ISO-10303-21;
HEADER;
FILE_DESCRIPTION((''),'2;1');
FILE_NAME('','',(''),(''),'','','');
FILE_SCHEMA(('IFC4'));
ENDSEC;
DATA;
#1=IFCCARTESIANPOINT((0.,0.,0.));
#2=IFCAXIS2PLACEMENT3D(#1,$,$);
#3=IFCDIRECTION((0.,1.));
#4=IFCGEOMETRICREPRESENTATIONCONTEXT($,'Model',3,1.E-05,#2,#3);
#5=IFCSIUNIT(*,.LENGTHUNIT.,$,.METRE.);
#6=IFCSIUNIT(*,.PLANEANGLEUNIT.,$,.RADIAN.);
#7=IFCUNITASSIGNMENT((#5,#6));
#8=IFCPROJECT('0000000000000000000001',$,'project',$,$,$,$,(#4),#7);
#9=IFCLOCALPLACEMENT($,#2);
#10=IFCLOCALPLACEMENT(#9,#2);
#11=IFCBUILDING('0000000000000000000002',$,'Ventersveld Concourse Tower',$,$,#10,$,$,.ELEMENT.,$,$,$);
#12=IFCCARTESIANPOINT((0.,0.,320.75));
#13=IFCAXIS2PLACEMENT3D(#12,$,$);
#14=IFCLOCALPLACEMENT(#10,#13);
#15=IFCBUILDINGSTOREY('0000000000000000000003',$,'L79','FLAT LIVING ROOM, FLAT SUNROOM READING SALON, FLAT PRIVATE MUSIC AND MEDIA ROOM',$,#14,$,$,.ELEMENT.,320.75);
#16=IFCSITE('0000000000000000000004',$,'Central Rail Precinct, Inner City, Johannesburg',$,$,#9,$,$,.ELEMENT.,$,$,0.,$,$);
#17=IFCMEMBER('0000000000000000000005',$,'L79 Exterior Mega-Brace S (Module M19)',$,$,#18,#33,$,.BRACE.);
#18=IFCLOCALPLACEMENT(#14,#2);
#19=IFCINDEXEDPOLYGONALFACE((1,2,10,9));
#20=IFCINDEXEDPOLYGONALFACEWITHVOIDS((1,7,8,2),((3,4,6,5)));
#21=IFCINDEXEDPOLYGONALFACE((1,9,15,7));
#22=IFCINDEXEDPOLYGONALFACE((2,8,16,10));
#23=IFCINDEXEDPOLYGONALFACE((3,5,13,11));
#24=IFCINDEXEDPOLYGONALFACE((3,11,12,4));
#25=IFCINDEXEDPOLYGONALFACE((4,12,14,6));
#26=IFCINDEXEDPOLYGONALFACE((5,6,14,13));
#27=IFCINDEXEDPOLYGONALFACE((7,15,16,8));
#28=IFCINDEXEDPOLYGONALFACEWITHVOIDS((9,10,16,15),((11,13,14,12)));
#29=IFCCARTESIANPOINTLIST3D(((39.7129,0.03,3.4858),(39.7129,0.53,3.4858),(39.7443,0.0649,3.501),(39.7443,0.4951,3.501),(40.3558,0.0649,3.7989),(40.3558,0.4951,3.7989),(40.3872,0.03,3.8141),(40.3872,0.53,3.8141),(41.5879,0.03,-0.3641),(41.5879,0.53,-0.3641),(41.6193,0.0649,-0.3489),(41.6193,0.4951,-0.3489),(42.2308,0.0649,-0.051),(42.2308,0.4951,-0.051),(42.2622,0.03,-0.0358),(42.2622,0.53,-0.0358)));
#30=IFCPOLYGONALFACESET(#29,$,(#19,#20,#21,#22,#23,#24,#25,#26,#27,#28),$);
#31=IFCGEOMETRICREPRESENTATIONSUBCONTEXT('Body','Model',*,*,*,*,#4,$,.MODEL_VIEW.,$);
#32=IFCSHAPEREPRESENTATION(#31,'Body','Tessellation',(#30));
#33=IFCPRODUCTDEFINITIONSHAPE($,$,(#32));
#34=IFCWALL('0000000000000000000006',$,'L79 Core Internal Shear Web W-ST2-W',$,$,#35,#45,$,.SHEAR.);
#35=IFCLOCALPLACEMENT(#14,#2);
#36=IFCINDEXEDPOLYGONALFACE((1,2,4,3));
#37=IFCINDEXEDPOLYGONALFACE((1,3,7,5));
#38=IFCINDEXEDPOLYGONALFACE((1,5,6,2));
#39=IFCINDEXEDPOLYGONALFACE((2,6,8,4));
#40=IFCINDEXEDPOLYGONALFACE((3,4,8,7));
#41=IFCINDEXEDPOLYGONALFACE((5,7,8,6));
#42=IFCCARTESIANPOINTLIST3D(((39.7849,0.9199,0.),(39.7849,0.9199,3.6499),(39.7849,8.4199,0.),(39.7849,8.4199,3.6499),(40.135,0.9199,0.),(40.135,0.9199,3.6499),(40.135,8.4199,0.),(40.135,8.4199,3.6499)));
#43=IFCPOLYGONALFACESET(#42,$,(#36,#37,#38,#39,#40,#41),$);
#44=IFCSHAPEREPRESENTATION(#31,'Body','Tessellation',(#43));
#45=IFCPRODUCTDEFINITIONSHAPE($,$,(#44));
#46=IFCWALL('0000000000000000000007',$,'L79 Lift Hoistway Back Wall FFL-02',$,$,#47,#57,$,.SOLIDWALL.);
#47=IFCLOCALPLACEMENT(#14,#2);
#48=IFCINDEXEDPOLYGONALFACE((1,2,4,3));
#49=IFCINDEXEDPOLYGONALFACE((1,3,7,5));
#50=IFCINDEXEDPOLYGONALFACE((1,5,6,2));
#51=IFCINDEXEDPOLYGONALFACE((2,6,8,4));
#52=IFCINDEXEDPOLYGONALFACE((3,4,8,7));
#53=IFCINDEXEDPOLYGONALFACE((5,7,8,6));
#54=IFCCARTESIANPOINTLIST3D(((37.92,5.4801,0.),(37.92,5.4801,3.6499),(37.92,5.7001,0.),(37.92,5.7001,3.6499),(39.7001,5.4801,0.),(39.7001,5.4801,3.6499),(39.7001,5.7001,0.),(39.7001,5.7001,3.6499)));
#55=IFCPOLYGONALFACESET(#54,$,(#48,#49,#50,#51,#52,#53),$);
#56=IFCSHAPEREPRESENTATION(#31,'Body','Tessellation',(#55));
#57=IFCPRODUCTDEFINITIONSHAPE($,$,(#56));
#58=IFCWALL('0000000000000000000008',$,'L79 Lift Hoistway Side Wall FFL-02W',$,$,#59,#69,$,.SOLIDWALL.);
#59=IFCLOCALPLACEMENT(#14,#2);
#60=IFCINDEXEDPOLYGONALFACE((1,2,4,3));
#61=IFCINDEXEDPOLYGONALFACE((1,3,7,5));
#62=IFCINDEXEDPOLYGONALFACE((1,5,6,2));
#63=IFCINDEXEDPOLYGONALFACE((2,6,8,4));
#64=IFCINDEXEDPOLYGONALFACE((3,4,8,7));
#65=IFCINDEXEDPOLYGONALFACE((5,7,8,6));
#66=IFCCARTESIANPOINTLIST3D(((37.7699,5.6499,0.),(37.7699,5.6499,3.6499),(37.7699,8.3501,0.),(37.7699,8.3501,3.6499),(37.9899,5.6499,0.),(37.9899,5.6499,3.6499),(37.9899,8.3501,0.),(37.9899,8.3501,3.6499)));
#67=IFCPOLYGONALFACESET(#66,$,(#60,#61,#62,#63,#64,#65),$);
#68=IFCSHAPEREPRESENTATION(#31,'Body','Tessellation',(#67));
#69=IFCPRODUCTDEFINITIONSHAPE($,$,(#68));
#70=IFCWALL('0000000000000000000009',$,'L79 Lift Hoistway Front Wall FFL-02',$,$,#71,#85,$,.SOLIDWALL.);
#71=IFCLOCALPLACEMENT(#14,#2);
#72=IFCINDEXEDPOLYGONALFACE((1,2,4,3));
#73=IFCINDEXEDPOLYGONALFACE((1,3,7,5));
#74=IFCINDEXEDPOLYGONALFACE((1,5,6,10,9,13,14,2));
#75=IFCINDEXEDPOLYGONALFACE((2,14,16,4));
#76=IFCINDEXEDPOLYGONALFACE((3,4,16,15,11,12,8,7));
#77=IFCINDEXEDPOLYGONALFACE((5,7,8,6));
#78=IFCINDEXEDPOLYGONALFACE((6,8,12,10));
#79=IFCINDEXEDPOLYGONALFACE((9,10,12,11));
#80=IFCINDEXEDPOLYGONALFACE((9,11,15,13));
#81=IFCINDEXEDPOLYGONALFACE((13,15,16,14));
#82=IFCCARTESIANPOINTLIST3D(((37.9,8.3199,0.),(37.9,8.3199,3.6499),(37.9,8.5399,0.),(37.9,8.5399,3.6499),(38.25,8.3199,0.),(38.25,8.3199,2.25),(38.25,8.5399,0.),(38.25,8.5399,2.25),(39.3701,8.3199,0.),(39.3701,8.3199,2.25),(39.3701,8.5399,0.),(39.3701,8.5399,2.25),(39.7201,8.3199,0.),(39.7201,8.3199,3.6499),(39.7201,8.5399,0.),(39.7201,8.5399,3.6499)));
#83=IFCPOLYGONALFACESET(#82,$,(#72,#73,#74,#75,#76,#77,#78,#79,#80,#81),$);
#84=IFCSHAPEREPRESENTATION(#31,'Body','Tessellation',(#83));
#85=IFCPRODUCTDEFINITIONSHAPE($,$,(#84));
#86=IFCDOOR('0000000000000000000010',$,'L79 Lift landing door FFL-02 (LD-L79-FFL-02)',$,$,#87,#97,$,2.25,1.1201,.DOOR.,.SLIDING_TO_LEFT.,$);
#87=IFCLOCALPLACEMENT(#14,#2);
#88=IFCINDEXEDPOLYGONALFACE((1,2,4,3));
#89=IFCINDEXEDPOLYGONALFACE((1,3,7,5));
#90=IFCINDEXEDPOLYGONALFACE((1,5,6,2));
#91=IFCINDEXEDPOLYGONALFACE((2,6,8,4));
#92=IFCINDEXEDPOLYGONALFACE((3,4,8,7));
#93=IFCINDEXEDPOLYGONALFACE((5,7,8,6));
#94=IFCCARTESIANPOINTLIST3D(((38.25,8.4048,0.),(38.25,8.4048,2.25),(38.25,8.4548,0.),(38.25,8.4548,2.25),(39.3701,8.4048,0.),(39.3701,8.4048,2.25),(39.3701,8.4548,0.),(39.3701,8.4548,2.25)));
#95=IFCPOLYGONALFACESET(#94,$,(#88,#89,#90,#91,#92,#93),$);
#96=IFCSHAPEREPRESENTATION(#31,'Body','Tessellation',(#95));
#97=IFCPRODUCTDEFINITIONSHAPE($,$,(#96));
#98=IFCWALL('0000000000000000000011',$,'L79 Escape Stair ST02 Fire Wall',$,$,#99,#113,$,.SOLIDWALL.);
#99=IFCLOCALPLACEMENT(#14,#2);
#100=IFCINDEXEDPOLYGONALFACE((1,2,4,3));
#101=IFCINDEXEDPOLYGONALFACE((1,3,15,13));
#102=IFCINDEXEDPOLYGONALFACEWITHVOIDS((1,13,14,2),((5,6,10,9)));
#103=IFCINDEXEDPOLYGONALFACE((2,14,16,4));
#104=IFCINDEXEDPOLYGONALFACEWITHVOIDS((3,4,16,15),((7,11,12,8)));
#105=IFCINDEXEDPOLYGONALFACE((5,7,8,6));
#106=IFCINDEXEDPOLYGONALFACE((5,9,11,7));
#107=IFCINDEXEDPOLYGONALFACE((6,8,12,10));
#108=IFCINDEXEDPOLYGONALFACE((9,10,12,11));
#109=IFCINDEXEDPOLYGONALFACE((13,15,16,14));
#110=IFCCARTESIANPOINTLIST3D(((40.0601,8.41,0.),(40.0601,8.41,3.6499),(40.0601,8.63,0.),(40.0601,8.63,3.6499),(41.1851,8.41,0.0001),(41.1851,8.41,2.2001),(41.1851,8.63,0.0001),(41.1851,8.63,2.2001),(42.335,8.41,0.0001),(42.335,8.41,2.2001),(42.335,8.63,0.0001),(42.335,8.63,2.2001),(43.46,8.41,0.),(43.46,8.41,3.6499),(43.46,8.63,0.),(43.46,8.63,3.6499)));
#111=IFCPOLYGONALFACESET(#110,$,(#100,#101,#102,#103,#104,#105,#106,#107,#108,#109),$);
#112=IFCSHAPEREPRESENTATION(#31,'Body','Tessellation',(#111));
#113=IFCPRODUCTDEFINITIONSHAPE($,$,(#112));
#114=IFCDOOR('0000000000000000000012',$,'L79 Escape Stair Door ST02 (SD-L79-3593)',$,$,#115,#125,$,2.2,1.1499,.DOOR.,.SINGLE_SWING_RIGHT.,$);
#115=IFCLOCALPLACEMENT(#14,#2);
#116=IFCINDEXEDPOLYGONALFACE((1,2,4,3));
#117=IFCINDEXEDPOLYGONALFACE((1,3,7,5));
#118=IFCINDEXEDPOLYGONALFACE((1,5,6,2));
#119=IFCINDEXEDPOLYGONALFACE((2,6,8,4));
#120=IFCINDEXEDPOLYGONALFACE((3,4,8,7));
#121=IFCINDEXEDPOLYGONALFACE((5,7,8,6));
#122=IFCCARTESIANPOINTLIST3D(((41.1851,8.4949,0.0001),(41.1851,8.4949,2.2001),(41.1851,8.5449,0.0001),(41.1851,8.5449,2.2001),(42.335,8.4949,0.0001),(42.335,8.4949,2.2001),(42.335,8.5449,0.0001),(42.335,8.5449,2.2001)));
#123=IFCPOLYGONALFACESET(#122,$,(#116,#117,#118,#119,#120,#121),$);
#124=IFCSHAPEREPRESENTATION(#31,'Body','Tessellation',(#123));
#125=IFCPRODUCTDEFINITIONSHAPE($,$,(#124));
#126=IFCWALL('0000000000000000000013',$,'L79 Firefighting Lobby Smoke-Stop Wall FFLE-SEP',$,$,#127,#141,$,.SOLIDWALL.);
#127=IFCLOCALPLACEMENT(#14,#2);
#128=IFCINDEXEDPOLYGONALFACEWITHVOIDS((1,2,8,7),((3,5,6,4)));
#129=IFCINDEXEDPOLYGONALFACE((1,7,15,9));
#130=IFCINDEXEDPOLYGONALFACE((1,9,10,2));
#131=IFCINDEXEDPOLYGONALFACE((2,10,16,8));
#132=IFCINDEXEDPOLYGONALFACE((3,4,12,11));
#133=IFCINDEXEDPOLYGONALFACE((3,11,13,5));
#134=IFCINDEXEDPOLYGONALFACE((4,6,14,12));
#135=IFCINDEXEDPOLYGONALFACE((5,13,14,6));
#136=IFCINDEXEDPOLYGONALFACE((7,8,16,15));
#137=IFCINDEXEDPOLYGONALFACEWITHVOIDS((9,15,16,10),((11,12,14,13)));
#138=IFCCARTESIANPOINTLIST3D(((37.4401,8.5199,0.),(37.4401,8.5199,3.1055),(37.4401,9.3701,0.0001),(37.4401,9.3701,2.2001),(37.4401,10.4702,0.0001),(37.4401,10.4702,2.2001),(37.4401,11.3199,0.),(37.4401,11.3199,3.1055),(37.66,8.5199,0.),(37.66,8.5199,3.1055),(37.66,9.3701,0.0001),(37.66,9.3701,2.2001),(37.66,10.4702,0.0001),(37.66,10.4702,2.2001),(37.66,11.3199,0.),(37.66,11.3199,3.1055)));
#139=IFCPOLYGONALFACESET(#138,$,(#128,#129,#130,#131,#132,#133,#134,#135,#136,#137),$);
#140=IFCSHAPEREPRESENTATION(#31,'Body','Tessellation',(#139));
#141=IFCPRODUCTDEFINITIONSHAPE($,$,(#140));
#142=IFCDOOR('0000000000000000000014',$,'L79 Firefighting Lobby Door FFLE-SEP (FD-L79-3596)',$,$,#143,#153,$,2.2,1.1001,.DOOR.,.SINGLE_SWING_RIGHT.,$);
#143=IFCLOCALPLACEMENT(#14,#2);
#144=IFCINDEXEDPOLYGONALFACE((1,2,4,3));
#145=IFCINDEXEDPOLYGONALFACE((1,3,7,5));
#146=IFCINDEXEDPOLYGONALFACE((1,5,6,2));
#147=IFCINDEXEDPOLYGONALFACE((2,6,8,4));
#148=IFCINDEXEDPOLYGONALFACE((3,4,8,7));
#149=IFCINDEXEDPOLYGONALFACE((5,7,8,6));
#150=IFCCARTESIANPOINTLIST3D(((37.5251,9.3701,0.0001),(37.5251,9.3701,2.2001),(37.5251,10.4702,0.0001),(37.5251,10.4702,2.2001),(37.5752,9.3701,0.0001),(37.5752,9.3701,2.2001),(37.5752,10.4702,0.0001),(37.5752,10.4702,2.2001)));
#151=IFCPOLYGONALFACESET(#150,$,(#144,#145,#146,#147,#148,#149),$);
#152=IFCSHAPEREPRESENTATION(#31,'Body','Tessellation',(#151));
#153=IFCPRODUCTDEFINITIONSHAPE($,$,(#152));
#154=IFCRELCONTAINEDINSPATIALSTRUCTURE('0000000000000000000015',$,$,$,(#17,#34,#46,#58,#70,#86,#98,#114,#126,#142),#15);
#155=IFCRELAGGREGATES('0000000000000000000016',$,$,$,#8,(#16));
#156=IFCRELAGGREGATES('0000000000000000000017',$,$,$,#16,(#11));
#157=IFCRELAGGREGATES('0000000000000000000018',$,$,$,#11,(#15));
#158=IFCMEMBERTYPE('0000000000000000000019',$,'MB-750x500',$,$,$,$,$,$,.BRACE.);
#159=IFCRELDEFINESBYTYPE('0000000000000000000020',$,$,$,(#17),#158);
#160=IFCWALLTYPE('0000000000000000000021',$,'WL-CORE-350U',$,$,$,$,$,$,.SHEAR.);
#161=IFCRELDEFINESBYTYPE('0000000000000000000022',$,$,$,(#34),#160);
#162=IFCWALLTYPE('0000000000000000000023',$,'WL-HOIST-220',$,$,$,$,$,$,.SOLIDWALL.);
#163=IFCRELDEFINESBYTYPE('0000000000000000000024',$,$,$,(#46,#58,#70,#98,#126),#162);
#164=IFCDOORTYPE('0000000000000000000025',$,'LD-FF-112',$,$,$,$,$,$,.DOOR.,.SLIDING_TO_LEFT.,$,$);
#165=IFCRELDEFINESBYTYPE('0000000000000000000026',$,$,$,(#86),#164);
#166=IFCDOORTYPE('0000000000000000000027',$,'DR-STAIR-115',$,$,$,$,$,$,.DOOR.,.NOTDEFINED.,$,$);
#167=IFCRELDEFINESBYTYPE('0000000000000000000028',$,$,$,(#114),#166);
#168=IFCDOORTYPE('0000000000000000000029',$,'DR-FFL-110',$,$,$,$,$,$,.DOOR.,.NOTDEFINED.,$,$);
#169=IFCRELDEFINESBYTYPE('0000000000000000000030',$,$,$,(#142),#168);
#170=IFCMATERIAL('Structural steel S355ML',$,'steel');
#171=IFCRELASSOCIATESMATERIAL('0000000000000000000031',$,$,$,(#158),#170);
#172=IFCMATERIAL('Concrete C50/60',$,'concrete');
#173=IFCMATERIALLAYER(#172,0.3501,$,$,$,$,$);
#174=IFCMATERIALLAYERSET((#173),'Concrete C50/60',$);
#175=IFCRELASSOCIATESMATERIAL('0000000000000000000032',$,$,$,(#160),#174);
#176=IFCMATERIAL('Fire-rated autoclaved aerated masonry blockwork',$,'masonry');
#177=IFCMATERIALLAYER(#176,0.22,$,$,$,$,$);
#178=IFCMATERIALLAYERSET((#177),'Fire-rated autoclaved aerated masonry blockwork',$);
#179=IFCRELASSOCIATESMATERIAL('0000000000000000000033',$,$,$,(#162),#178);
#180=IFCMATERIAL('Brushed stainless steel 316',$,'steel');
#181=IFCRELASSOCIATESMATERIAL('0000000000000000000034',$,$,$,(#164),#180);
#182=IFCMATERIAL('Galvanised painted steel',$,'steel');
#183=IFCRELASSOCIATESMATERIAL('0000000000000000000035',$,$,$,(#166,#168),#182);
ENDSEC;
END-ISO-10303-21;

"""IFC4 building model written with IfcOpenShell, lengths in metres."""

from ifc_helpers import new_model, si_unit, direction, frame, frame_2d, origin, origin_2d, place, context, subcontext, project, spatial, rectangle, hollow_rectangle, extrude, material, layer, layer_set, material_profile, profile_set, type_object, element, fill, save


model = new_model("IFC4")

# Units and contexts
model_context = context("Model", 3, precision=1e-05, world=origin(), true_north=direction((0.0, 1.0)))
body_context = subcontext(model_context, "Body", "Model", "MODEL_VIEW")
ifc_project = project(units=[si_unit("LENGTHUNIT", "METRE"), si_unit("PLANEANGLEUNIT", "RADIAN")], contexts=[model_context])

# Site, building, storey
site_placement = place(None, origin())
site = spatial("IfcSite", under=ifc_project, at=site_placement, Name="Central Rail Precinct, Inner City, Johannesburg", CompositionType="ELEMENT", RefElevation=0.0)
building_placement = place(site_placement, origin())
building = spatial("IfcBuilding", under=site, at=building_placement, Name="Ventersveld Concourse Tower", CompositionType="ELEMENT")
storey_placement = place(building_placement, frame((0.0, 0.0, 320.75)))
storey = spatial("IfcBuildingStorey", under=building, at=storey_placement, Name="L79", Description="FLAT LIVING ROOM, FLAT SUNROOM READING SALON, FLAT PRIVATE MUSIC AND MEDIA ROOM", CompositionType="ELEMENT", Elevation=320.75)

# Member
ifc_material_1 = material(Name="Structural steel S355ML", Category="steel")
ifc_material_profile = material_profile(ifc_material_1, hollow_rectangle(XDim=0.5, YDim=0.75, WallThickness=0.0349, at=origin_2d()), Name="BOX 750x500x35")
ifc_profile_set = profile_set([ifc_material_profile], Name="Structural steel S355ML")
member_type = type_object("IfcMemberType", Name="MB-750x500", PredefinedType="BRACE", material=ifc_profile_set)
member_placement = place(storey_placement, frame((41.925, 0.28, -0.2), z_axis=(-0.437862, 0.0, 0.899042), x_axis=(0.0, -1.0, 0.0)))
element("IfcMember", 1, at=member_placement, inside=storey, type_object=member_type, Name="L79 Exterior Mega-Brace S (Module M19)", PredefinedType="BRACE", context=body_context, shape_type="SweptSolid", body=[
    extrude(hollow_rectangle(XDim=0.5, YDim=0.75, WallThickness=0.0349, at=origin_2d()), origin(), (0.0, 0.0, 1.0), 4.2822),
])

# Walls
ifc_material_2 = material(Name="Concrete C50/60", Category="concrete")
ifc_layer_1 = layer(ifc_material_2, 0.3501)
ifc_layer_set_1 = layer_set([ifc_layer_1], Name="Concrete C50/60")
wall_type_1 = type_object("IfcWallType", Name="WL-CORE-350U", PredefinedType="SHEAR", material=ifc_layer_set_1)
wall_1_placement = place(storey_placement, frame((39.96, 0.9199, 0.0), z_axis=(0.0, 0.0, 1.0), x_axis=(0.0, 1.0, 0.0)))
element("IfcWall", 2, at=wall_1_placement, inside=storey, type_object=wall_type_1, Name="L79 Core Internal Shear Web W-ST2-W", PredefinedType="SHEAR", context=body_context, shape_type="SweptSolid", body=[
    extrude(rectangle(XDim=7.5, YDim=0.3501, at=frame_2d((3.75, 0.0))), origin(), (0.0, 0.0, 1.0), 3.6499),
])
ifc_material_3 = material(Name="Fire-rated autoclaved aerated masonry blockwork", Category="masonry")
ifc_layer_2 = layer(ifc_material_3, 0.22)
ifc_layer_set_2 = layer_set([ifc_layer_2], Name="Fire-rated autoclaved aerated masonry blockwork")
wall_type_2 = type_object("IfcWallType", Name="WL-HOIST-220", PredefinedType="SOLIDWALL", material=ifc_layer_set_2)
wall_2_placement = place(storey_placement, frame((37.9199, 5.5901, 0.0), z_axis=(0.0, 0.0, 1.0), x_axis=(1.0, 0.0, 0.0)))
element("IfcWall", 3, at=wall_2_placement, inside=storey, type_object=wall_type_2, Name="L79 Lift Hoistway Back Wall FFL-02", PredefinedType="SOLIDWALL", context=body_context, shape_type="SweptSolid", body=[
    extrude(rectangle(XDim=1.78, YDim=0.22, at=frame_2d((0.8901, 0.0))), origin(), (0.0, 0.0, 1.0), 3.6499),
])
wall_3_placement = place(storey_placement, frame((37.8799, 5.6499, 0.0), z_axis=(0.0, 0.0, 1.0), x_axis=(0.0, 1.0, 0.0)))
element("IfcWall", 4, at=wall_3_placement, inside=storey, type_object=wall_type_2, Name="L79 Lift Hoistway Side Wall FFL-02W", PredefinedType="SOLIDWALL", context=body_context, shape_type="SweptSolid", body=[
    extrude(rectangle(XDim=2.7002, YDim=0.22, at=frame_2d((1.3501, 0.0))), origin(), (0.0, 0.0, 1.0), 3.6499),
])

# Walls, openings, doors
wall_4_placement = place(storey_placement, frame((37.8999, 8.4299, 0.0), z_axis=(0.0, 0.0, 1.0), x_axis=(1.0, 0.0, 0.0)))
wall_4 = element("IfcWall", 5, at=wall_4_placement, inside=storey, type_object=wall_type_2, Name="L79 Lift Hoistway Front Wall FFL-02", PredefinedType="SOLIDWALL", context=body_context, shape_type="SweptSolid", body=[
    extrude(rectangle(XDim=1.8201, YDim=0.22, at=frame_2d((0.9102, 0.0))), origin(), (0.0, 0.0, 1.0), 3.6499),
])
opening_1_placement = place(wall_4_placement, frame((0.3501, 0.0, 0.0)))
opening_1 = element("IfcOpeningElement", 6, at=opening_1_placement, cuts=wall_4, PredefinedType="OPENING", context=body_context, shape_type="SweptSolid", body=[
    extrude(rectangle(XDim=1.1201, YDim=2.25, at=frame_2d((0.5601, 1.125))), frame((0.0, 0.1201, 0.0), z_axis=(0.0, -1.0, 0.0), x_axis=(1.0, 0.0, 0.0)), (0.0, 0.0, 1.0), 0.24),
])
ifc_material_4 = material(Name="Brushed stainless steel 316", Category="steel")
door_type_1 = type_object("IfcDoorType", Name="LD-FF-112", OperationType="SLIDING_TO_LEFT", PredefinedType="DOOR", material=ifc_material_4)
door_1_placement = place(opening_1_placement, origin())
door_1 = element("IfcDoor", 7, at=door_1_placement, inside=storey, type_object=door_type_1, Name="L79 Lift landing door FFL-02 (LD-L79-FFL-02)", OperationType="SLIDING_TO_LEFT", OverallHeight=2.25, OverallWidth=1.1201, PredefinedType="DOOR", context=body_context, shape_type="SweptSolid", body=[
    extrude(rectangle(XDim=1.1201, YDim=2.25, at=frame_2d((0.5601, 1.125))), frame((0.0, 0.0249, 0.0), z_axis=(0.0, -1.0, 0.0), x_axis=(1.0, 0.0, 0.0)), (0.0, 0.0, 1.0), 0.05),
])
fill(opening_1, door_1)
wall_5_placement = place(storey_placement, frame((40.0601, 8.52, 0.0), z_axis=(0.0, 0.0, 1.0), x_axis=(1.0, 0.0, 0.0)))
wall_5 = element("IfcWall", 8, at=wall_5_placement, inside=storey, type_object=wall_type_2, Name="L79 Escape Stair ST02 Fire Wall", PredefinedType="SOLIDWALL", context=body_context, shape_type="SweptSolid", body=[
    extrude(rectangle(XDim=3.3999, YDim=0.22, at=frame_2d((1.7, 0.0))), origin(), (0.0, 0.0, 1.0), 3.6499),
])
opening_2_placement = place(wall_5_placement, frame((1.125, 0.0, 0.0)))
opening_2 = element("IfcOpeningElement", 9, at=opening_2_placement, cuts=wall_5, PredefinedType="OPENING", context=body_context, shape_type="SweptSolid", body=[
    extrude(rectangle(XDim=1.1499, YDim=2.2, at=frame_2d((0.575, 1.1001))), frame((0.0, 0.1201, 0.0), z_axis=(0.0, -1.0, 0.0), x_axis=(1.0, 0.0, 0.0)), (0.0, 0.0, 1.0), 0.24),
])
ifc_material_5 = material(Name="Galvanised painted steel", Category="steel")
door_type_2 = type_object("IfcDoorType", Name="DR-STAIR-115", OperationType="NOTDEFINED", PredefinedType="DOOR", material=ifc_material_5)
door_2_placement = place(opening_2_placement, origin())
door_2 = element("IfcDoor", 10, at=door_2_placement, inside=storey, type_object=door_type_2, Name="L79 Escape Stair Door ST02 (SD-L79-3593)", OperationType="SINGLE_SWING_RIGHT", OverallHeight=2.2, OverallWidth=1.1499, PredefinedType="DOOR", context=body_context, shape_type="SweptSolid", body=[
    extrude(rectangle(XDim=1.1499, YDim=2.2, at=frame_2d((0.575, 1.1001))), frame((0.0, 0.0249, 0.0), z_axis=(0.0, -1.0, 0.0), x_axis=(1.0, 0.0, 0.0)), (0.0, 0.0, 1.0), 0.05),
])
fill(opening_2, door_2)
wall_6_placement = place(storey_placement, frame((37.55, 8.52, 0.0), z_axis=(0.0, 0.0, 1.0), x_axis=(0.0, 1.0, 0.0)))
wall_6 = element("IfcWall", 11, at=wall_6_placement, inside=storey, type_object=wall_type_2, Name="L79 Firefighting Lobby Smoke-Stop Wall FFLE-SEP", PredefinedType="SOLIDWALL", context=body_context, shape_type="SweptSolid", body=[
    extrude(rectangle(XDim=2.8, YDim=0.22, at=frame_2d((1.3999, 0.0))), origin(), (0.0, 0.0, 1.0), 3.1055),
])
opening_3_placement = place(wall_6_placement, frame((0.8501, 0.0, 0.0)))
opening_3 = element("IfcOpeningElement", 12, at=opening_3_placement, cuts=wall_6, PredefinedType="OPENING", context=body_context, shape_type="SweptSolid", body=[
    extrude(rectangle(XDim=1.1001, YDim=2.2, at=frame_2d((0.55, 1.1001))), frame((0.0, 0.1201, 0.0), z_axis=(0.0, -1.0, 0.0), x_axis=(1.0, 0.0, 0.0)), (0.0, 0.0, 1.0), 0.24),
])
door_type_3 = type_object("IfcDoorType", Name="DR-FFL-110", OperationType="NOTDEFINED", PredefinedType="DOOR", material=ifc_material_5)
door_3_placement = place(opening_3_placement, origin())
door_3 = element("IfcDoor", 13, at=door_3_placement, inside=storey, type_object=door_type_3, Name="L79 Firefighting Lobby Door FFLE-SEP (FD-L79-3596)", OperationType="SINGLE_SWING_RIGHT", OverallHeight=2.2, OverallWidth=1.1001, PredefinedType="DOOR", context=body_context, shape_type="SweptSolid", body=[
    extrude(rectangle(XDim=1.1001, YDim=2.2, at=frame_2d((0.55, 1.1001))), frame((0.0, 0.0249, 0.0), z_axis=(0.0, -1.0, 0.0), x_axis=(1.0, 0.0, 0.0)), (0.0, 0.0, 1.0), 0.05),
])
fill(opening_3, door_3)

save(model, "model.ifc")
